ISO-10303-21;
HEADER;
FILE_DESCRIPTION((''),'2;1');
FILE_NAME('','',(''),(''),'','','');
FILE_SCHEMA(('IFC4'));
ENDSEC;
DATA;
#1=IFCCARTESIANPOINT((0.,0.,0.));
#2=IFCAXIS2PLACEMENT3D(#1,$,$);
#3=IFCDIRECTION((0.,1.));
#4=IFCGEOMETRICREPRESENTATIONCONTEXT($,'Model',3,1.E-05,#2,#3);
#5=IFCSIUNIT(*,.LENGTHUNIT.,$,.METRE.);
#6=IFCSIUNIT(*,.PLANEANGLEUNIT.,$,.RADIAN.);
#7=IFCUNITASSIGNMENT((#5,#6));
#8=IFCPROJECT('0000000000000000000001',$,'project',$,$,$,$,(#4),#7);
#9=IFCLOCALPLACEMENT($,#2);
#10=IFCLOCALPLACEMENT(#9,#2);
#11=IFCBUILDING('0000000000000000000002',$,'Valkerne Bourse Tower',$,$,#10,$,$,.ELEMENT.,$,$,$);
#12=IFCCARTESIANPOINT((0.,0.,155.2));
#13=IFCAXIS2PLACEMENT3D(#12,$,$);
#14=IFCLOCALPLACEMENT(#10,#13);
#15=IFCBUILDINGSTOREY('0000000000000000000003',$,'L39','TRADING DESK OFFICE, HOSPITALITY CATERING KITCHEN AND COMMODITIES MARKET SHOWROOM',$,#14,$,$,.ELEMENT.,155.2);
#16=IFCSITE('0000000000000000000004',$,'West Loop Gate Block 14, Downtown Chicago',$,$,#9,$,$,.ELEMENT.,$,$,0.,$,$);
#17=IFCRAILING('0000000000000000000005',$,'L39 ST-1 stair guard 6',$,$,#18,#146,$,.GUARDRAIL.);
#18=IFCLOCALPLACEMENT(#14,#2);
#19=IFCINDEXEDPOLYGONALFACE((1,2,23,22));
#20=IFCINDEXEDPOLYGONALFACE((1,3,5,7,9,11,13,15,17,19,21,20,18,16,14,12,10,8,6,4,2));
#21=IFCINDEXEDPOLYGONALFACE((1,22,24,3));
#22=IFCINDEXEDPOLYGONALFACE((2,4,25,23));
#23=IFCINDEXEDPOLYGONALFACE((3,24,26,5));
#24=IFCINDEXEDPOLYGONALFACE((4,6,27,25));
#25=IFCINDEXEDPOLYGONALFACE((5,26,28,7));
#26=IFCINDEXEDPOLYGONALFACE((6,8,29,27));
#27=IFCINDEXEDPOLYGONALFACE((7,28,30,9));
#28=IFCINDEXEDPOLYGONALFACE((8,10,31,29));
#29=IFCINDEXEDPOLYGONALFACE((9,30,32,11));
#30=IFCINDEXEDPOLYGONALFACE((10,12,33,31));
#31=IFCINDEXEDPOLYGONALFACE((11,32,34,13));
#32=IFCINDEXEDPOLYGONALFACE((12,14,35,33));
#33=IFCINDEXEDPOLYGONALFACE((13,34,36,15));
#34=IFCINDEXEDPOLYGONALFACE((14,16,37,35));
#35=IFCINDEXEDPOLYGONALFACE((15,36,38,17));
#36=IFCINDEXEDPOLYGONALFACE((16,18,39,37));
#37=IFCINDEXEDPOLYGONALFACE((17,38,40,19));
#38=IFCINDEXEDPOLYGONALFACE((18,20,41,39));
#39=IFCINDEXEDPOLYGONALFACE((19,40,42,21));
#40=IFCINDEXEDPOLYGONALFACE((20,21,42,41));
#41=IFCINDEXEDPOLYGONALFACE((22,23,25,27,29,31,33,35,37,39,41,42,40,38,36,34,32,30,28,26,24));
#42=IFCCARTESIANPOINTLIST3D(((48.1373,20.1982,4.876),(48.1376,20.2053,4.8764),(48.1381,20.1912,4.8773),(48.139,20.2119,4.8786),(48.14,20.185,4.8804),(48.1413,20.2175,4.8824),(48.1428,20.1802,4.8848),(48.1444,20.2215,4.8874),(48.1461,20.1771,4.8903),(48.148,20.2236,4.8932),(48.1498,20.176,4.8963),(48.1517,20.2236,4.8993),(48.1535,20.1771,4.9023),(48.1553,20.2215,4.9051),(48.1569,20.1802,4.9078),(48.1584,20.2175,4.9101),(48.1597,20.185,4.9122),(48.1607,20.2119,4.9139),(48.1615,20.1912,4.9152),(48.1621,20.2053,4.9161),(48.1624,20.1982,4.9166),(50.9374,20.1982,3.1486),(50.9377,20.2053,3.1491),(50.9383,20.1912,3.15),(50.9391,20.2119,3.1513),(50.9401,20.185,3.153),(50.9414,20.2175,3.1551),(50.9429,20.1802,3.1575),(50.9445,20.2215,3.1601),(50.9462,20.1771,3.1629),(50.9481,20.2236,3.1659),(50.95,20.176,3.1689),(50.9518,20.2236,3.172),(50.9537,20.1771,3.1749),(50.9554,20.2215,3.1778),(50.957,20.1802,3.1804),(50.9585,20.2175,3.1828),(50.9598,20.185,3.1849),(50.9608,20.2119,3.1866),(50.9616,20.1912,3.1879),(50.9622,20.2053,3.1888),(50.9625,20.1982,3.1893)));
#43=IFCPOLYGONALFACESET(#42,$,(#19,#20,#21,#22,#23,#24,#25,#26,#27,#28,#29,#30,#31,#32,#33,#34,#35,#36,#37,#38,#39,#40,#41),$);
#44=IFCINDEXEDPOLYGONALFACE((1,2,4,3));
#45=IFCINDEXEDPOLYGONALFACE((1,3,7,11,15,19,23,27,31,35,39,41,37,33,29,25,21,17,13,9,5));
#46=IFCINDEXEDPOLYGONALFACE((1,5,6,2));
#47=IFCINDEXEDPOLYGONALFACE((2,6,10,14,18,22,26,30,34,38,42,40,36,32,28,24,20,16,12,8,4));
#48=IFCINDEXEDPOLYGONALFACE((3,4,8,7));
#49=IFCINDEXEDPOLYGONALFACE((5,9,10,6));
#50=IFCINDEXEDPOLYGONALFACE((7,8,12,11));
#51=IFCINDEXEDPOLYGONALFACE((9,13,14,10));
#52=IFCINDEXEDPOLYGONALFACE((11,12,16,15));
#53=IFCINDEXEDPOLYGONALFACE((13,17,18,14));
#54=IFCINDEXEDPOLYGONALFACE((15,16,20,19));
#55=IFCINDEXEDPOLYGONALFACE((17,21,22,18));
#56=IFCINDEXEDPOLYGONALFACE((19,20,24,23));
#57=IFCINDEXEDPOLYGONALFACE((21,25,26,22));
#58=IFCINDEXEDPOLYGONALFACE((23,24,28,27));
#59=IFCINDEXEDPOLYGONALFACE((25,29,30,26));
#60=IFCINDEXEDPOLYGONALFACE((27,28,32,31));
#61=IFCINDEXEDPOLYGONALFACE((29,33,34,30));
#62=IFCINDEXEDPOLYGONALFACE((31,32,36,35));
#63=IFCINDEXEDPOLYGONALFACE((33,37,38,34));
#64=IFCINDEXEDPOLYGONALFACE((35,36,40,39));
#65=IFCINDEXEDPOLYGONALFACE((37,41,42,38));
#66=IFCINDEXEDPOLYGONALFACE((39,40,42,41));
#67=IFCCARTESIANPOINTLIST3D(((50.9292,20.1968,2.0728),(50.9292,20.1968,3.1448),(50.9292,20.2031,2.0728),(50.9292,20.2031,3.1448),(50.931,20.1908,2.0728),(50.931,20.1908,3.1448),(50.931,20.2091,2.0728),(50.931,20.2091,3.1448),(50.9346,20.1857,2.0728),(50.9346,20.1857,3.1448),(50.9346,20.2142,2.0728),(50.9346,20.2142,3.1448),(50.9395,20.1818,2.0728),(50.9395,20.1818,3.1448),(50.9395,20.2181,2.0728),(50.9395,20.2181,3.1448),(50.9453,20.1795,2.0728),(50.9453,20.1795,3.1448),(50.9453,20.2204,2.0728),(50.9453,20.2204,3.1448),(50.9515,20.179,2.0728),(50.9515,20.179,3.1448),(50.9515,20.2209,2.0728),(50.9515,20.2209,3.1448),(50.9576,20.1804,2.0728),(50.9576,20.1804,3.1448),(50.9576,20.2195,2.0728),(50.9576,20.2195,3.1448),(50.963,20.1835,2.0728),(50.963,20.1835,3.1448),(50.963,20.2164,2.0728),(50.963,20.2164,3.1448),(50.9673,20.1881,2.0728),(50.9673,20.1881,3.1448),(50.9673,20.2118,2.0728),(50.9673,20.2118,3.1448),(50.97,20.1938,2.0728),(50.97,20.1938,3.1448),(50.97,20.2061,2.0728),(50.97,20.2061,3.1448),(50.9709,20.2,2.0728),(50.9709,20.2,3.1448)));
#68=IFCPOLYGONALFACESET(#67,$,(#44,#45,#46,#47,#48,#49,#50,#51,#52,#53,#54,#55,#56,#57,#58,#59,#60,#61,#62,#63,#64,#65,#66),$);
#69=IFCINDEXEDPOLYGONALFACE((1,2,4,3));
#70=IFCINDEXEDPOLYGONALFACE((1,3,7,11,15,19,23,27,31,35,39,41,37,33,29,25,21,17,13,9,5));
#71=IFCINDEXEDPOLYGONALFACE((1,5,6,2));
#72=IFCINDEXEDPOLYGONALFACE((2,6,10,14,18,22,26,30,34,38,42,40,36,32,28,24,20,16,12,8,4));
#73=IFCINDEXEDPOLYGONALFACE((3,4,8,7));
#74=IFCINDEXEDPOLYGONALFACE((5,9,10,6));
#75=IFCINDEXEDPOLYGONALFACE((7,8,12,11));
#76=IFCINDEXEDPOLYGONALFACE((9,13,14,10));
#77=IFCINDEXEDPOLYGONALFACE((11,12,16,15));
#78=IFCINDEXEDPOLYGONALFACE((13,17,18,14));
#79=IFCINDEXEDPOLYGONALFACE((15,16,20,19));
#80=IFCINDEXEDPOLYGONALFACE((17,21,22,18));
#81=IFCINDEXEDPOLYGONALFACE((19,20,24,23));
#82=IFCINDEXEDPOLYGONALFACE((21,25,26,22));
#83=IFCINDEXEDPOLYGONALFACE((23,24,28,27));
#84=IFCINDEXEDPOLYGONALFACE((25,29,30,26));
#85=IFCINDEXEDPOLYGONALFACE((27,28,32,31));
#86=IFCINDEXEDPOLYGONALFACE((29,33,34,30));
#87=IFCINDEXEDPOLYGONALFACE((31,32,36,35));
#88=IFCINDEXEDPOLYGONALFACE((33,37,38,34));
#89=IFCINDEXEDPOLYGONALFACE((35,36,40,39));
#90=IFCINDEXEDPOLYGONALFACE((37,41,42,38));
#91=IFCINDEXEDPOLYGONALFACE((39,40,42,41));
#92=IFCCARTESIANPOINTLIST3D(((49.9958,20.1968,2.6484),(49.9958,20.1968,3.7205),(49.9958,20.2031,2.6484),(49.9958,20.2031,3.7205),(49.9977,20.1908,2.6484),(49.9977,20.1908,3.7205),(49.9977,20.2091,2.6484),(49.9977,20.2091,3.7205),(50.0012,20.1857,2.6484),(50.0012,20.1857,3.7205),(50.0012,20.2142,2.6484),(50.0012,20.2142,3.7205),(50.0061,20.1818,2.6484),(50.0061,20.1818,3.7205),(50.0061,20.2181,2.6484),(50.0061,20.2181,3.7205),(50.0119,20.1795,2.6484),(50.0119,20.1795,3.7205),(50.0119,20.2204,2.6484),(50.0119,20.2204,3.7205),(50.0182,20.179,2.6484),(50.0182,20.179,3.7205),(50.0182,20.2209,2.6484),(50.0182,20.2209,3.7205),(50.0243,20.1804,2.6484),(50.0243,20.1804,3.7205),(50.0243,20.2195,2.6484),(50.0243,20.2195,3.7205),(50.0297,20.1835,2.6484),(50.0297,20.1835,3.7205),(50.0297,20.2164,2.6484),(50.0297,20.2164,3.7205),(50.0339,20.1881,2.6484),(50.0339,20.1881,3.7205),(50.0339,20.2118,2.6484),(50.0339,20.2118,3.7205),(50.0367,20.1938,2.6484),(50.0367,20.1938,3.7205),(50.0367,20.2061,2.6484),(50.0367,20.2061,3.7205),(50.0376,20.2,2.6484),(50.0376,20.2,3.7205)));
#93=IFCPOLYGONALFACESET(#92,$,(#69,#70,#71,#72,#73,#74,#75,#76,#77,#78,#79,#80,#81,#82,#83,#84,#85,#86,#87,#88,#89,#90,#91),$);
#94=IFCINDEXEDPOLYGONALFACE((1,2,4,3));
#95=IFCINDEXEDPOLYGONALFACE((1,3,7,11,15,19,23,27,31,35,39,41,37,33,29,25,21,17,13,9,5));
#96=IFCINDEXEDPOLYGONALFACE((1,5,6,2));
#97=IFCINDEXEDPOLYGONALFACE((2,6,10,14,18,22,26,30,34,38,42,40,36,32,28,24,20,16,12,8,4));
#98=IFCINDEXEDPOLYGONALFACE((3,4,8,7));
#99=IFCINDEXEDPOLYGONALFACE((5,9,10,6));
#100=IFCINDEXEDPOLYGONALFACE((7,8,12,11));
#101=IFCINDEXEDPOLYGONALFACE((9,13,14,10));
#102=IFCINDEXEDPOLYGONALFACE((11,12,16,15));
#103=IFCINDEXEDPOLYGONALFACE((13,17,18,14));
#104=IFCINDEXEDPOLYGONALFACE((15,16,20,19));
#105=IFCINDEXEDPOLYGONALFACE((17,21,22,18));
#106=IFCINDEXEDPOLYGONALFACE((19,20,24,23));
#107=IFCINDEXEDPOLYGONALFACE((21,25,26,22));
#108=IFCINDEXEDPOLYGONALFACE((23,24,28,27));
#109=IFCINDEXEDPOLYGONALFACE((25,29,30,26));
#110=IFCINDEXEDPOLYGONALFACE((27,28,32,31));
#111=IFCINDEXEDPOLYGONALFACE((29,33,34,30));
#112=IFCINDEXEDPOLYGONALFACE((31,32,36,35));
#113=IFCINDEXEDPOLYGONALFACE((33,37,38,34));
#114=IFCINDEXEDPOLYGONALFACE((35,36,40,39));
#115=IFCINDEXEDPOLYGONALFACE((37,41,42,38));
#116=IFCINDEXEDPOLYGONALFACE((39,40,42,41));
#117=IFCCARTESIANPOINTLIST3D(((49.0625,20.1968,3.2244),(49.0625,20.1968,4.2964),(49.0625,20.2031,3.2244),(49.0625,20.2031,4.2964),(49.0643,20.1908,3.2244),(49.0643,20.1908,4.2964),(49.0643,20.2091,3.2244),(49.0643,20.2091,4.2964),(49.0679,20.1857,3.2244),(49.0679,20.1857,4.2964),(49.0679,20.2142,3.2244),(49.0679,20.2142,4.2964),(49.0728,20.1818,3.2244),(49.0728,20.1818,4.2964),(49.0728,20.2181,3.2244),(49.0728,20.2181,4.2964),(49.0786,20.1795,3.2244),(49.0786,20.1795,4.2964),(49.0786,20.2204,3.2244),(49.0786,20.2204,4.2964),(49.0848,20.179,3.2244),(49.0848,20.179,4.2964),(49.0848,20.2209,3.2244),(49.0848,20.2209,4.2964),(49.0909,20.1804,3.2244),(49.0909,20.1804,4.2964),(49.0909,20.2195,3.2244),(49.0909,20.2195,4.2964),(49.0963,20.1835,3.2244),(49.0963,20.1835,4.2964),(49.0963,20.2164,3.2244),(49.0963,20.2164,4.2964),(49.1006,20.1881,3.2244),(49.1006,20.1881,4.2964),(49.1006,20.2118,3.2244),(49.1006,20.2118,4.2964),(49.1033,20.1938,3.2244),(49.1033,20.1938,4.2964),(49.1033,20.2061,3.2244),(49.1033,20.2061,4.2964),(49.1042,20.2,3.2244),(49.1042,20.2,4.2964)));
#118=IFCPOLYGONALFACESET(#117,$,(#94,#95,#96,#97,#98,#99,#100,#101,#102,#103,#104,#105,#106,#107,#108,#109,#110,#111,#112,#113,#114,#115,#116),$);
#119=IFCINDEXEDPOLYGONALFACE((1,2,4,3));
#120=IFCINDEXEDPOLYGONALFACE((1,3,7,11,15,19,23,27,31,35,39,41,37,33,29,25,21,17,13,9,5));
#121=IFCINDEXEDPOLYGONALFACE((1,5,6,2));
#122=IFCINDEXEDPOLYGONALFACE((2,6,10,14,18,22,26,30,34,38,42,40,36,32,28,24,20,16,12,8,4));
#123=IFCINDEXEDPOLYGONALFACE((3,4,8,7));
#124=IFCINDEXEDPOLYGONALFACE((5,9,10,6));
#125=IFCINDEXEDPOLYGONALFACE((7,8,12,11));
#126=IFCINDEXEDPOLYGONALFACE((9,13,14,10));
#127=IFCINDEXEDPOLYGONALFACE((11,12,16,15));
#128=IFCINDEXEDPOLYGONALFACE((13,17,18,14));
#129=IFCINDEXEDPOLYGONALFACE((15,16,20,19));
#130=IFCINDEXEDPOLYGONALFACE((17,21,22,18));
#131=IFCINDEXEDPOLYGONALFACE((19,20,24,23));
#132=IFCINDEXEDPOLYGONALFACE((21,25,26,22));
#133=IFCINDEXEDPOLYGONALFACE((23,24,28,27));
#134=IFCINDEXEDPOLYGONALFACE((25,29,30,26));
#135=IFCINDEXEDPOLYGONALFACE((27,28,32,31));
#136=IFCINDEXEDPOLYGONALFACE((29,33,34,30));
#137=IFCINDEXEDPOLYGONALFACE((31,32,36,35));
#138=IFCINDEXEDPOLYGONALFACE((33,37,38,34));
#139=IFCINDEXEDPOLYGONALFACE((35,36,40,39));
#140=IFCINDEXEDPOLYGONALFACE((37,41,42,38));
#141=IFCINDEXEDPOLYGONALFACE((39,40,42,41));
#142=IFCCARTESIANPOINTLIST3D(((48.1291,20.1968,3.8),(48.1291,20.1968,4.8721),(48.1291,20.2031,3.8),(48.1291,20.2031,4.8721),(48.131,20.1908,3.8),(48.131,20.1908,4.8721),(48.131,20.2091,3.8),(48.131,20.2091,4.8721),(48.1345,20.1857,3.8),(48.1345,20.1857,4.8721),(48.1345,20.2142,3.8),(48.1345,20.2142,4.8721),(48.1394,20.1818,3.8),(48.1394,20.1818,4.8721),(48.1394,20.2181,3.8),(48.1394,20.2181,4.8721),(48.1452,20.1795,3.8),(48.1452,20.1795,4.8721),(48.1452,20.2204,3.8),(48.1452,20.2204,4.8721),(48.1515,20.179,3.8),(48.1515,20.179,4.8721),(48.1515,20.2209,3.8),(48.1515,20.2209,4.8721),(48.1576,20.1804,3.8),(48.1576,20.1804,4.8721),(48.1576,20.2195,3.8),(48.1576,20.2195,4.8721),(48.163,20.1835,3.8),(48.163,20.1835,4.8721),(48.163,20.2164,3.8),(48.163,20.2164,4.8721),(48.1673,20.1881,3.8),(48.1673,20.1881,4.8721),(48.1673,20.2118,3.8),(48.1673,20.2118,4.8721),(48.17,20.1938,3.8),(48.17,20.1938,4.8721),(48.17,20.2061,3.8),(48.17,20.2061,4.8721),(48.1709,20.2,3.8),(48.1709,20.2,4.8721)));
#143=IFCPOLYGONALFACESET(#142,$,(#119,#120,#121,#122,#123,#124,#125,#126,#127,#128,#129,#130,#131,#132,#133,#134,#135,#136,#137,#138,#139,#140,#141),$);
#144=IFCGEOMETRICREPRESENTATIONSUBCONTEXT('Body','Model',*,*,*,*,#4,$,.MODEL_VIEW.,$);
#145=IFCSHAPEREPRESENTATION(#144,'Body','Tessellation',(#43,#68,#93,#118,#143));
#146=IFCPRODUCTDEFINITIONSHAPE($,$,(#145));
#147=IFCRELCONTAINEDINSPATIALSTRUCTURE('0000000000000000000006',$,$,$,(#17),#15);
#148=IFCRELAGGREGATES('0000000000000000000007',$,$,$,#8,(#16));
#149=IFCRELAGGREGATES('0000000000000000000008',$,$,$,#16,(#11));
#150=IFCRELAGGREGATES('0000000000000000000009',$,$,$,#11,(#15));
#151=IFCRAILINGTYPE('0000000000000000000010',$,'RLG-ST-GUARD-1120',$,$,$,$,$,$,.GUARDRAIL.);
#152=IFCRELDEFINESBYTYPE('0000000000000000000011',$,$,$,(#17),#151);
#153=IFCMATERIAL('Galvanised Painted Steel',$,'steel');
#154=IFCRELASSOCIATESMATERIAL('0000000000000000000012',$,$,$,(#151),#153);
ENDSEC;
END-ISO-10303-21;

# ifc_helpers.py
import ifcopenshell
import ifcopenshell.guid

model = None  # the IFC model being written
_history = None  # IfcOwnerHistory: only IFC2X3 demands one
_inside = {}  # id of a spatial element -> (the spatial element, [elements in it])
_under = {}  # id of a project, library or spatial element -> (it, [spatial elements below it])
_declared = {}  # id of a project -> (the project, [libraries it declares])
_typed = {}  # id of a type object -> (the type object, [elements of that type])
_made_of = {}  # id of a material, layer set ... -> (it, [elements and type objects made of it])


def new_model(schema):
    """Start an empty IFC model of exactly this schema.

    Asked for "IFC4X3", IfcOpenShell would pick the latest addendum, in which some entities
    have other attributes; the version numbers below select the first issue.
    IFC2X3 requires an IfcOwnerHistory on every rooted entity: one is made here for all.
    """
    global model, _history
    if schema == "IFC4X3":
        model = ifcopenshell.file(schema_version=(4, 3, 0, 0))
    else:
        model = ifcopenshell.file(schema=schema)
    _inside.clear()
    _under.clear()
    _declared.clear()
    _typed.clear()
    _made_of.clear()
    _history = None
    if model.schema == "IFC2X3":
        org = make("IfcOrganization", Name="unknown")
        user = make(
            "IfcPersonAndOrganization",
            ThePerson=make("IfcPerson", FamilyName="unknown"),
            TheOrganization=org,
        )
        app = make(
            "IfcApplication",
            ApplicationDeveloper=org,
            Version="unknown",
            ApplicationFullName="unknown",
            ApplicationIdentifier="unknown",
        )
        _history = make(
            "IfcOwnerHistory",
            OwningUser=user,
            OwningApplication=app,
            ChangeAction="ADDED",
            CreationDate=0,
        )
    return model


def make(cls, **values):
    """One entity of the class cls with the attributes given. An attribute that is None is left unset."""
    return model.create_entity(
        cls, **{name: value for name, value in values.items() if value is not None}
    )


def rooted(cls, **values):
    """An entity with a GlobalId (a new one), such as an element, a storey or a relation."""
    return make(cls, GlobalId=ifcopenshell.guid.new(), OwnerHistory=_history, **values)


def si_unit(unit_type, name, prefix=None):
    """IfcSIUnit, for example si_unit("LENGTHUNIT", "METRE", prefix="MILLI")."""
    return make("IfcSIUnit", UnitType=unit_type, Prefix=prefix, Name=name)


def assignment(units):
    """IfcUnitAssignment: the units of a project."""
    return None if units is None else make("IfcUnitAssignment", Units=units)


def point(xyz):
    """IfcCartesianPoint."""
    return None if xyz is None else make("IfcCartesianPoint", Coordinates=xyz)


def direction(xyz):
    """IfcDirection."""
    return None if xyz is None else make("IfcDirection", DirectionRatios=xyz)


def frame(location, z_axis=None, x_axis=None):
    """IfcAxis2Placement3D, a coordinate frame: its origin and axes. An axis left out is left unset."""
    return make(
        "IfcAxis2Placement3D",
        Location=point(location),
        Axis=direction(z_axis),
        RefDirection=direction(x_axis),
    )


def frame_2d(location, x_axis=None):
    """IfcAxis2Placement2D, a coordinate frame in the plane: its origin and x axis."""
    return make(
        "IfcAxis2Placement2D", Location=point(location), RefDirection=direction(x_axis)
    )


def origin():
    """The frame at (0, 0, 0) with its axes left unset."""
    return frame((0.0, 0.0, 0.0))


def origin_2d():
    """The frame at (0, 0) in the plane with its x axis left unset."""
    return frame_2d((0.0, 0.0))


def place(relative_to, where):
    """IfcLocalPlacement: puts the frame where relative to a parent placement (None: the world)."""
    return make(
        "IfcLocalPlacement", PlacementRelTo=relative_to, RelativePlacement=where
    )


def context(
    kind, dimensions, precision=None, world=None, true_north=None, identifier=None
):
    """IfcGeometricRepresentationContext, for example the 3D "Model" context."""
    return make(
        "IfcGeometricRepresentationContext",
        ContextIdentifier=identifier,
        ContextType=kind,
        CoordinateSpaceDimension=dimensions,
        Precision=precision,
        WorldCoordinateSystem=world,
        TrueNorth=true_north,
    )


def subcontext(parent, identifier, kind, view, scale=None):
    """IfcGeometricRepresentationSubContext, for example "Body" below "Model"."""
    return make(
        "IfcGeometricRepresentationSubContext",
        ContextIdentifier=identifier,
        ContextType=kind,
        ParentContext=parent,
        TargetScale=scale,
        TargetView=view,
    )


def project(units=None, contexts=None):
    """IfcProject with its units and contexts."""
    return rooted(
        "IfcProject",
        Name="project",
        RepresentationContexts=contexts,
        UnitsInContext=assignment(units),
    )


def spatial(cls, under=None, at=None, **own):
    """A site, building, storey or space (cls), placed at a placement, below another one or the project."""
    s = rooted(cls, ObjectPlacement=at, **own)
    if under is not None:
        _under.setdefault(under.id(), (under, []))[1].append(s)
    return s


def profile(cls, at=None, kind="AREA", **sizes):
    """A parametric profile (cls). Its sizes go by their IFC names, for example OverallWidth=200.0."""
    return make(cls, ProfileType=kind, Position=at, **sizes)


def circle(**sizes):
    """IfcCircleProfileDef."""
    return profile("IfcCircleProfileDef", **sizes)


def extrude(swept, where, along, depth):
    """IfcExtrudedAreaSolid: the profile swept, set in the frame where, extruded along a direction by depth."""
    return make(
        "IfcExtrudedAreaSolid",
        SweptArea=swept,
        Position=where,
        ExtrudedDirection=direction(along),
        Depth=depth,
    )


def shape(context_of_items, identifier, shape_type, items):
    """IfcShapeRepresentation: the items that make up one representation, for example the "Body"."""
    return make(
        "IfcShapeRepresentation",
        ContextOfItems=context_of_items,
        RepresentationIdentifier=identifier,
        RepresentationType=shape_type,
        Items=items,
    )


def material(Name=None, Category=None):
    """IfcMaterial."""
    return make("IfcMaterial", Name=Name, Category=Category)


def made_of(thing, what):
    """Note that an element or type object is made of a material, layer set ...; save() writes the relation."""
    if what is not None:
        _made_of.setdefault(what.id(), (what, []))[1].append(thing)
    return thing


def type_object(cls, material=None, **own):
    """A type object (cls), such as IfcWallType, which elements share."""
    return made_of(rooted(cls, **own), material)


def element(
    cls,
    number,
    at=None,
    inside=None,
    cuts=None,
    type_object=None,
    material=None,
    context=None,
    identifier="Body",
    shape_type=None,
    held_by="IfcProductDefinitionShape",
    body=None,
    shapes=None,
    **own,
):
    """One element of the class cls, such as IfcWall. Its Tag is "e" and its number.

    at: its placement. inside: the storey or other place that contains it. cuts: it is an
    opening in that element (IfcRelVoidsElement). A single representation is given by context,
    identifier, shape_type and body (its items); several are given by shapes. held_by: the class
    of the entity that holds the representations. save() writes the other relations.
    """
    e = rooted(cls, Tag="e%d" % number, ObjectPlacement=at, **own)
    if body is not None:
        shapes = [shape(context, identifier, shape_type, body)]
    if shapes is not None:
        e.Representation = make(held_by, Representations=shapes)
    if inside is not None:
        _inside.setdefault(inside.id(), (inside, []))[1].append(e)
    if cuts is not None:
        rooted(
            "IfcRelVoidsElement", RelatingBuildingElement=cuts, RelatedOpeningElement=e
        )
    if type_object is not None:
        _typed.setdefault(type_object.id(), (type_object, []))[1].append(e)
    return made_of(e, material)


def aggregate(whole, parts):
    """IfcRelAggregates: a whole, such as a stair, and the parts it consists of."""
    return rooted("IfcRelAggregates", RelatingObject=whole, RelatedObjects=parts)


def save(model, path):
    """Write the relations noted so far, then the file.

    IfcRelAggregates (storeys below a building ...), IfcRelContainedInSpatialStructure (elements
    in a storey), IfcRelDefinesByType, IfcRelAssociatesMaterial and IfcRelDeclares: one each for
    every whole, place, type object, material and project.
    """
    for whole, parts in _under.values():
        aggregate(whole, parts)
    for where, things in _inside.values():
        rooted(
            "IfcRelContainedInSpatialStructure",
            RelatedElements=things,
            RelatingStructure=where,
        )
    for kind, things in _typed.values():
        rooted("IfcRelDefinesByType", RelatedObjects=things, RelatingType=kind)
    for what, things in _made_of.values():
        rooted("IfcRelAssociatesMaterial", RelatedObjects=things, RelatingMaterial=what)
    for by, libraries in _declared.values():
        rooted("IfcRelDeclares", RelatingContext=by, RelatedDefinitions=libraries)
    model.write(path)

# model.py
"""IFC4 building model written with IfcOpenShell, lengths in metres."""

from ifc_helpers import new_model, si_unit, direction, frame, origin, origin_2d, place, context, subcontext, project, spatial, circle, extrude, material, type_object, element, save


model = new_model("IFC4")

# Units and contexts
model_context = context("Model", 3, precision=1e-05, world=origin(), true_north=direction((0.0, 1.0)))
body_context = subcontext(model_context, "Body", "Model", "MODEL_VIEW")
ifc_project = project(units=[si_unit("LENGTHUNIT", "METRE"), si_unit("PLANEANGLEUNIT", "RADIAN")], contexts=[model_context])

# Site, building, storey
site_placement = place(None, origin())
site = spatial("IfcSite", under=ifc_project, at=site_placement, Name="West Loop Gate Block 14, Downtown Chicago", CompositionType="ELEMENT", RefElevation=0.0)
building_placement = place(site_placement, origin())
building = spatial("IfcBuilding", under=site, at=building_placement, Name="Valkerne Bourse Tower", CompositionType="ELEMENT")
storey_placement = place(building_placement, frame((0.0, 0.0, 155.2)))
storey = spatial("IfcBuildingStorey", under=building, at=storey_placement, Name="L39", Description="TRADING DESK OFFICE, HOSPITALITY CATERING KITCHEN AND COMMODITIES MARKET SHOWROOM", CompositionType="ELEMENT", Elevation=155.2)

# Shared definitions
ifc_material_1 = material(Name="Galvanised Painted Steel", Category="steel")

# Railing
railing_type_1 = type_object("IfcRailingType", Name="RLG-ST-GUARD-1120", PredefinedType="GUARDRAIL", material=ifc_material_1)
railing_1_placement = place(storey_placement, frame((50.95, 20.2, 2.0728)))
element("IfcRailing", 1, at=railing_1_placement, inside=storey, type_object=railing_type_1, Name="L39 ST-1 stair guard 6", PredefinedType="GUARDRAIL", context=body_context, shape_type="SweptSolid", body=[
    extrude(circle(Radius=0.0239, at=origin_2d()), frame((0.0, 0.0, 1.0962), z_axis=(-0.85109, 0.0, 0.52502), x_axis=(0.0, -1.0, 0.0)), (0.0, 0.0, 1.0), 3.29),
    extrude(circle(Radius=0.021, at=origin_2d()), origin(), (0.0, 0.0, 1.0), 1.072),
    extrude(circle(Radius=0.021, at=origin_2d()), frame((-0.9333, 0.0, 0.5757)), (0.0, 0.0, 1.0), 1.072),
    extrude(circle(Radius=0.021, at=origin_2d()), frame((-1.8667, 0.0, 1.1516)), (0.0, 0.0, 1.0), 1.072),
    extrude(circle(Radius=0.021, at=origin_2d()), frame((-2.8, 0.0, 1.7273)), (0.0, 0.0, 1.0), 1.072),
])

save(model, "model.ifc")
